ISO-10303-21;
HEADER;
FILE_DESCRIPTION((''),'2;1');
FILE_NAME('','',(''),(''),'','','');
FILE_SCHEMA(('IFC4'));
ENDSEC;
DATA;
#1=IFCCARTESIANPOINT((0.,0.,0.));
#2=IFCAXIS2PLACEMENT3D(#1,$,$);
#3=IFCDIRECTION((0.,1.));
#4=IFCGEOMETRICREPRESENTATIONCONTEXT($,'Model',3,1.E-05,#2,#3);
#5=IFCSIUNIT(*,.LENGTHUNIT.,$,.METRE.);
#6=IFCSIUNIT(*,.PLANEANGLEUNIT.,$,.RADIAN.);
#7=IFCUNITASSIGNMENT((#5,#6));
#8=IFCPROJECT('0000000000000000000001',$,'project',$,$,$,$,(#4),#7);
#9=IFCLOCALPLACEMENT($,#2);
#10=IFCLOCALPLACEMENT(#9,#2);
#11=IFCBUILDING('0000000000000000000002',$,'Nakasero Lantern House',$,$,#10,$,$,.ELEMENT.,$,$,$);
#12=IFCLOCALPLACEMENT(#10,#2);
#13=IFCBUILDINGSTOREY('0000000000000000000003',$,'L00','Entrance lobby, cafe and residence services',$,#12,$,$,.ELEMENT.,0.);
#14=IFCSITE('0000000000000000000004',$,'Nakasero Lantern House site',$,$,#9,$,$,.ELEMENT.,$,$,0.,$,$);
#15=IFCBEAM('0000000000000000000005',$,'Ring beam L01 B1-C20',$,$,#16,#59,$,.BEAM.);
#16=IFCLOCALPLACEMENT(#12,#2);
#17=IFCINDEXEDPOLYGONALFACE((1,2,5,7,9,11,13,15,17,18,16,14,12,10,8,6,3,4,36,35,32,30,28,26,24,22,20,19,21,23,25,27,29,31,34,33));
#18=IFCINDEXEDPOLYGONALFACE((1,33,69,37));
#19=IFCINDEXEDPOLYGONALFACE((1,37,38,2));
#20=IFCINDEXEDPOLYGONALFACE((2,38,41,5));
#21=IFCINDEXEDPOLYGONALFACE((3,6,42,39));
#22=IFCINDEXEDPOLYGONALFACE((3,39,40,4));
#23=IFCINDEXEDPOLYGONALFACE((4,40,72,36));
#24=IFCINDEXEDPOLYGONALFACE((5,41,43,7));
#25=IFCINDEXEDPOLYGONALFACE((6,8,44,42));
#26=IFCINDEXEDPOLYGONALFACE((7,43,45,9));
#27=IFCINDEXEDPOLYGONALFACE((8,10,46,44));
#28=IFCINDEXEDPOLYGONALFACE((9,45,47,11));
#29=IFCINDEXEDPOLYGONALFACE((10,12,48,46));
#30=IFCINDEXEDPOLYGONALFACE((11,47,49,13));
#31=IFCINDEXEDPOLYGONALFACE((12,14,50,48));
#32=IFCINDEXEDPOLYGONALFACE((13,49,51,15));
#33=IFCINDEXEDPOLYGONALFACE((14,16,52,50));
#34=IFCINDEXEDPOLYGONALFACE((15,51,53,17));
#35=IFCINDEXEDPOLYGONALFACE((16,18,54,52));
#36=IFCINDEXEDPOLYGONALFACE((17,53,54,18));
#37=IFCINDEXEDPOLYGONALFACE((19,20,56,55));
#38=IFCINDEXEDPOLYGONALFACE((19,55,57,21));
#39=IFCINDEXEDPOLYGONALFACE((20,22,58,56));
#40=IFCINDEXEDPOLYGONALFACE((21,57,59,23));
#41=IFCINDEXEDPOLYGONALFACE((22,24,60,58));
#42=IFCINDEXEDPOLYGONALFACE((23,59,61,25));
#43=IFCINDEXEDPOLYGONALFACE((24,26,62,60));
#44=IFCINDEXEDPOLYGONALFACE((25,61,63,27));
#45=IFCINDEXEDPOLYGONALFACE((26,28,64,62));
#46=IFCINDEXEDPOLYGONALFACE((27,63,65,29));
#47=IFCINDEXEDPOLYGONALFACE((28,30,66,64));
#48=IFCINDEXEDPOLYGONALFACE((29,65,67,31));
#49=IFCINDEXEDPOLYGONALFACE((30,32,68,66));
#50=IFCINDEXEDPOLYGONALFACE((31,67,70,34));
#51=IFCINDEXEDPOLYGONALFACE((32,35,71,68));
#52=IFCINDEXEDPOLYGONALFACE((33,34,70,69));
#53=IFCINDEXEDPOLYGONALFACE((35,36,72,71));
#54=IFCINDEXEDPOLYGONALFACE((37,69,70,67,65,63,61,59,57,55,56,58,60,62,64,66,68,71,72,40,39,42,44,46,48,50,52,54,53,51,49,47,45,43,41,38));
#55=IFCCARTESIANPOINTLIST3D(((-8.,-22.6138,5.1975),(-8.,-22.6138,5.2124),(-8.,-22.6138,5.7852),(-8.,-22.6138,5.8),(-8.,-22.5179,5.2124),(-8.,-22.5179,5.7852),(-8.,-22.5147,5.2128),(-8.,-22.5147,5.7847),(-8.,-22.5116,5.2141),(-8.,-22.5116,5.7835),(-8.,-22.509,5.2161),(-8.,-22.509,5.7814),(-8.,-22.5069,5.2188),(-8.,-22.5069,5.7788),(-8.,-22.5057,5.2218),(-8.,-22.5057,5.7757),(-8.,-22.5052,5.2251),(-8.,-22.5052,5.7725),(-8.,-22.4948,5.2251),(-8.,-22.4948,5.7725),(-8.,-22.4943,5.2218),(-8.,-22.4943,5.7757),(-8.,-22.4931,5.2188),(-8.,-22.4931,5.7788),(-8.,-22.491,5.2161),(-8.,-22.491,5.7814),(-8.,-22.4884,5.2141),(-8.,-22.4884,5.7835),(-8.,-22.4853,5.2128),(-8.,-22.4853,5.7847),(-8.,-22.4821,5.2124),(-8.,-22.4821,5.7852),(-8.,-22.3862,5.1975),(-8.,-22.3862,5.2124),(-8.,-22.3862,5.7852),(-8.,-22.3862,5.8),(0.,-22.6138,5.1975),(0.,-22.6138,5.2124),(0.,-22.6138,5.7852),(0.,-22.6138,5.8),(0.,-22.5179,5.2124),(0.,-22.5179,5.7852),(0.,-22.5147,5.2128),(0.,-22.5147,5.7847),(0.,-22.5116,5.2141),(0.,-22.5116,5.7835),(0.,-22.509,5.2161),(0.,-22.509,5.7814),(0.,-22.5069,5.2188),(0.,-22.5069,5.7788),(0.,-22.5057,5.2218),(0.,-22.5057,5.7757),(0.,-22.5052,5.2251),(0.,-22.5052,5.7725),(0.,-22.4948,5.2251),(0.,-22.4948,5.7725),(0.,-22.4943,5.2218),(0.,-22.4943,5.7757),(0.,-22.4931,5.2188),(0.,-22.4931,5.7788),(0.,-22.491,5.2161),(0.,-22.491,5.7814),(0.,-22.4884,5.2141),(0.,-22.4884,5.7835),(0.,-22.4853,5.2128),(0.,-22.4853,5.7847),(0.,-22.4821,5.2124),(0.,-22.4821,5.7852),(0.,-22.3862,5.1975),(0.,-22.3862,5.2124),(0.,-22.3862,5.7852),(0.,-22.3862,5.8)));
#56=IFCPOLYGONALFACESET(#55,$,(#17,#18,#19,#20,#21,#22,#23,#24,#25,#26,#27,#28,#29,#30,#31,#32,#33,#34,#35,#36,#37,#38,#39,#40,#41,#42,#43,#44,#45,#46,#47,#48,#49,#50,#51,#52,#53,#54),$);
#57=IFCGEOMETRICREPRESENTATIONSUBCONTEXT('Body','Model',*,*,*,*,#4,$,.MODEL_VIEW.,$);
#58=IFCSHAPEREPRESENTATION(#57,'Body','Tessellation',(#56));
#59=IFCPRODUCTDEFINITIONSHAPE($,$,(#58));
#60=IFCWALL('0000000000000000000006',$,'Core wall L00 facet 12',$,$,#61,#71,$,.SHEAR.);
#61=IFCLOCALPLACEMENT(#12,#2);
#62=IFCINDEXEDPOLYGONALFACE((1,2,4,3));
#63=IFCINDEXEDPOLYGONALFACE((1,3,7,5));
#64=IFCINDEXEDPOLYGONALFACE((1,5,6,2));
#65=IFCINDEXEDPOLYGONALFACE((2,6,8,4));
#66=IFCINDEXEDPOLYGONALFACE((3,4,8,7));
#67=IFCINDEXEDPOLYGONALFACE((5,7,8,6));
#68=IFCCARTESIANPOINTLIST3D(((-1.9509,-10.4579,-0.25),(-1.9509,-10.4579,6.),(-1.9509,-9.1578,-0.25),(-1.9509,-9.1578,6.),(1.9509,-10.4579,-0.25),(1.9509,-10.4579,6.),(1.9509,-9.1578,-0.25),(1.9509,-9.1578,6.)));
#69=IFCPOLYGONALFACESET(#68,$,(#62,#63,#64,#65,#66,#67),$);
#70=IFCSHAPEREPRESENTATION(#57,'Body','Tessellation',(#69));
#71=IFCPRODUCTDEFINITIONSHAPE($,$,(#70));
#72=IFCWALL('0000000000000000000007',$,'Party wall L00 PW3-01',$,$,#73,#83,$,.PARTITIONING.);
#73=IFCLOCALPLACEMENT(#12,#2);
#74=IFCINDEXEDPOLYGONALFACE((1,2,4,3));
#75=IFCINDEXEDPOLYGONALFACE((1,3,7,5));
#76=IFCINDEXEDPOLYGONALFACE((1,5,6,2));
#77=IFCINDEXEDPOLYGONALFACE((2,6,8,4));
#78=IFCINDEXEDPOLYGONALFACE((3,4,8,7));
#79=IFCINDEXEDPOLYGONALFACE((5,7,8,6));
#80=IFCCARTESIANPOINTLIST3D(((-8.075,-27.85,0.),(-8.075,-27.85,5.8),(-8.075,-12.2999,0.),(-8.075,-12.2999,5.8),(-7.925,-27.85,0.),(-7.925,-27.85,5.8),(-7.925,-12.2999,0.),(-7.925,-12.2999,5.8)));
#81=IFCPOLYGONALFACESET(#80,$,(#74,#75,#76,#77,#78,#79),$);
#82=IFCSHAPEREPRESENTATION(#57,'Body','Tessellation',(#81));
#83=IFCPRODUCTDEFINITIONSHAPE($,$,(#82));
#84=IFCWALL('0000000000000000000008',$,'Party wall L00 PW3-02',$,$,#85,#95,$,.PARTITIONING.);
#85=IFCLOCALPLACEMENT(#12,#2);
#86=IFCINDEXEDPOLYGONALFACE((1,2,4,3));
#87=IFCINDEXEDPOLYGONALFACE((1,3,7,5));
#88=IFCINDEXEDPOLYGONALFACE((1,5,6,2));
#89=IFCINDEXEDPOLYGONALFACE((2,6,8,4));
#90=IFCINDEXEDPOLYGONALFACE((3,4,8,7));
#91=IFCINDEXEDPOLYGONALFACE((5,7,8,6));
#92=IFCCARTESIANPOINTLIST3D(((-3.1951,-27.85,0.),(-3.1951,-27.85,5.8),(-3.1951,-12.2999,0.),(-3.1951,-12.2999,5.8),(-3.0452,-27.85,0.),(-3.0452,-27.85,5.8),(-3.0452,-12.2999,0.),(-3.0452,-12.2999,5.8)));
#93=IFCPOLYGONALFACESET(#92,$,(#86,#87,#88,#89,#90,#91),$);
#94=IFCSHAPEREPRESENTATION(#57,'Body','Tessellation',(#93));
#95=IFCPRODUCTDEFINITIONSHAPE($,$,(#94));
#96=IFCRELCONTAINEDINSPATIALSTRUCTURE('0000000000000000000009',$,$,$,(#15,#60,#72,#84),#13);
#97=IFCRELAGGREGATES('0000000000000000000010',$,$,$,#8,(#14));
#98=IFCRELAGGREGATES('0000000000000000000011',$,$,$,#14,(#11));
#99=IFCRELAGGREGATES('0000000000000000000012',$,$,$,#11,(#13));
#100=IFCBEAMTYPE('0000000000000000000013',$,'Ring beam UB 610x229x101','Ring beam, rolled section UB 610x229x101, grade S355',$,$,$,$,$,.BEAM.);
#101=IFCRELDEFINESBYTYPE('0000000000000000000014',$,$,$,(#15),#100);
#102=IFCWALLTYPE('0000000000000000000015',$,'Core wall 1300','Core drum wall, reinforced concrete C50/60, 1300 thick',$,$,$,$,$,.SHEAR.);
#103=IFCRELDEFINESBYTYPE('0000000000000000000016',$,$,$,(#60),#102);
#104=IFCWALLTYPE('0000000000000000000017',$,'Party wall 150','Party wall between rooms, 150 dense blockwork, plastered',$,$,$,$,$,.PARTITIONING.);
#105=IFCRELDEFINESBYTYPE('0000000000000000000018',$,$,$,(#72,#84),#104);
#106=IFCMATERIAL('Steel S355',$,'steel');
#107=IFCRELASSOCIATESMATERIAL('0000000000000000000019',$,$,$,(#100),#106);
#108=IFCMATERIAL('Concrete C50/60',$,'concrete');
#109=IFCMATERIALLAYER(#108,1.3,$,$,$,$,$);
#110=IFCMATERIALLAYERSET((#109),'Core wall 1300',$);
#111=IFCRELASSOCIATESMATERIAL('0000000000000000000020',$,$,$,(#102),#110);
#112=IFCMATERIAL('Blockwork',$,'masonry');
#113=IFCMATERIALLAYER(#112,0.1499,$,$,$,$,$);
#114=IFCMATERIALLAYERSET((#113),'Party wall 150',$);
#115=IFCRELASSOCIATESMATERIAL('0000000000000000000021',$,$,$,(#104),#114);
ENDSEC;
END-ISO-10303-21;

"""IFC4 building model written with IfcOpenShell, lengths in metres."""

from ifc_helpers import new_model, si_unit, direction, frame, frame_2d, origin, origin_2d, place, context, subcontext, project, spatial, rectangle, i_section, extrude, material, layer, layer_set, material_profile, profile_set, type_object, element, save


model = new_model("IFC4")

# Units and contexts
model_context = context("Model", 3, precision=1e-05, world=origin(), true_north=direction((0.0, 1.0)))
body_context = subcontext(model_context, "Body", "Model", "MODEL_VIEW")
ifc_project = project(units=[si_unit("LENGTHUNIT", "METRE"), si_unit("PLANEANGLEUNIT", "RADIAN")], contexts=[model_context])

# Site, building, storey
site_placement = place(None, origin())
site = spatial("IfcSite", under=ifc_project, at=site_placement, Name="Nakasero Lantern House site", CompositionType="ELEMENT", RefElevation=0.0)
building_placement = place(site_placement, origin())
building = spatial("IfcBuilding", under=site, at=building_placement, Name="Nakasero Lantern House", CompositionType="ELEMENT")
storey_placement = place(building_placement, origin())
storey = spatial("IfcBuildingStorey", under=building, at=storey_placement, Name="L00", Description="Entrance lobby, cafe and residence services", CompositionType="ELEMENT", Elevation=0.0)

# Beam
ifc_material_1 = material(Name="Steel S355", Category="steel")
ifc_material_profile_1 = material_profile(ifc_material_1, i_section(OverallWidth=0.2275, OverallDepth=0.6025, WebThickness=0.0105, FlangeThickness=0.0149, FilletRadius=0.0127, at=origin_2d()), Name="UB 610x229x101")
ifc_profile_set_1 = profile_set([ifc_material_profile_1], Name="Steel S355")
beam_type_1 = type_object("IfcBeamType", Name="Ring beam UB 610x229x101", Description="Ring beam, rolled section UB 610x229x101, grade S355", PredefinedType="BEAM", material=ifc_profile_set_1)
beam_1_placement = place(storey_placement, frame((-8.0, -22.5, 5.4988), z_axis=(1.0, 0.0, 0.0), x_axis=(0.0, 1.0, 0.0)))
element("IfcBeam", 1, at=beam_1_placement, inside=storey, type_object=beam_type_1, Name="Ring beam L01 B1-C20", PredefinedType="BEAM", context=body_context, shape_type="SweptSolid", body=[
    extrude(i_section(OverallWidth=0.2275, OverallDepth=0.6025, WebThickness=0.0105, FlangeThickness=0.0149, FilletRadius=0.0127, at=origin_2d()), origin(), (0.0, 0.0, 1.0), 8.0),
])

# Walls
ifc_material_2 = material(Name="Concrete C50/60", Category="concrete")
ifc_layer_1 = layer(ifc_material_2, 1.3)
ifc_layer_set_1 = layer_set([ifc_layer_1], Name="Core wall 1300")
wall_type_1 = type_object("IfcWallType", Name="Core wall 1300", Description="Core drum wall, reinforced concrete C50/60, 1300 thick", PredefinedType="SHEAR", material=ifc_layer_set_1)
wall_placement = place(storey_placement, frame((-1.9509, -9.8079, -0.25), z_axis=(0.0, 0.0, 1.0), x_axis=(1.0, 0.0, 0.0)))
element("IfcWall", 2, at=wall_placement, inside=storey, type_object=wall_type_1, Name="Core wall L00 facet 12", PredefinedType="SHEAR", context=body_context, shape_type="SweptSolid", body=[
    extrude(rectangle(XDim=3.9019, YDim=1.3, at=frame_2d((1.9509, 0.0))), origin(), (0.0, 0.0, 1.0), 6.25),
])
ifc_material_3 = material(Name="Blockwork", Category="masonry")
ifc_layer_2 = layer(ifc_material_3, 0.1499)
ifc_layer_set_2 = layer_set([ifc_layer_2], Name="Party wall 150")
wall_type_2 = type_object("IfcWallType", Name="Party wall 150", Description="Party wall between rooms, 150 dense blockwork, plastered", PredefinedType="PARTITIONING", material=ifc_layer_set_2)
for number, where, z_axis, x_axis, name in (
    (3, (-8.0, -12.3, 0.0), (0.0, 0.0, 1.0), (0.0, -1.0, 0.0), "Party wall L00 PW3-01"),
    (4, (-3.1201, -12.3, 0.0), (0.0, 0.0, 1.0), (0.0, -1.0, 0.0), "Party wall L00 PW3-02"),
):
    element("IfcWall", number, at=place(storey_placement, frame(where, z_axis=z_axis, x_axis=x_axis)), inside=storey, type_object=wall_type_2, Name=name, PredefinedType="PARTITIONING", context=body_context, shape_type="SweptSolid", body=[
        extrude(rectangle(XDim=15.55, YDim=0.1499, at=frame_2d((7.7749, 0.0))), origin(), (0.0, 0.0, 1.0), 5.8),
    ])

save(model, "model.ifc")
